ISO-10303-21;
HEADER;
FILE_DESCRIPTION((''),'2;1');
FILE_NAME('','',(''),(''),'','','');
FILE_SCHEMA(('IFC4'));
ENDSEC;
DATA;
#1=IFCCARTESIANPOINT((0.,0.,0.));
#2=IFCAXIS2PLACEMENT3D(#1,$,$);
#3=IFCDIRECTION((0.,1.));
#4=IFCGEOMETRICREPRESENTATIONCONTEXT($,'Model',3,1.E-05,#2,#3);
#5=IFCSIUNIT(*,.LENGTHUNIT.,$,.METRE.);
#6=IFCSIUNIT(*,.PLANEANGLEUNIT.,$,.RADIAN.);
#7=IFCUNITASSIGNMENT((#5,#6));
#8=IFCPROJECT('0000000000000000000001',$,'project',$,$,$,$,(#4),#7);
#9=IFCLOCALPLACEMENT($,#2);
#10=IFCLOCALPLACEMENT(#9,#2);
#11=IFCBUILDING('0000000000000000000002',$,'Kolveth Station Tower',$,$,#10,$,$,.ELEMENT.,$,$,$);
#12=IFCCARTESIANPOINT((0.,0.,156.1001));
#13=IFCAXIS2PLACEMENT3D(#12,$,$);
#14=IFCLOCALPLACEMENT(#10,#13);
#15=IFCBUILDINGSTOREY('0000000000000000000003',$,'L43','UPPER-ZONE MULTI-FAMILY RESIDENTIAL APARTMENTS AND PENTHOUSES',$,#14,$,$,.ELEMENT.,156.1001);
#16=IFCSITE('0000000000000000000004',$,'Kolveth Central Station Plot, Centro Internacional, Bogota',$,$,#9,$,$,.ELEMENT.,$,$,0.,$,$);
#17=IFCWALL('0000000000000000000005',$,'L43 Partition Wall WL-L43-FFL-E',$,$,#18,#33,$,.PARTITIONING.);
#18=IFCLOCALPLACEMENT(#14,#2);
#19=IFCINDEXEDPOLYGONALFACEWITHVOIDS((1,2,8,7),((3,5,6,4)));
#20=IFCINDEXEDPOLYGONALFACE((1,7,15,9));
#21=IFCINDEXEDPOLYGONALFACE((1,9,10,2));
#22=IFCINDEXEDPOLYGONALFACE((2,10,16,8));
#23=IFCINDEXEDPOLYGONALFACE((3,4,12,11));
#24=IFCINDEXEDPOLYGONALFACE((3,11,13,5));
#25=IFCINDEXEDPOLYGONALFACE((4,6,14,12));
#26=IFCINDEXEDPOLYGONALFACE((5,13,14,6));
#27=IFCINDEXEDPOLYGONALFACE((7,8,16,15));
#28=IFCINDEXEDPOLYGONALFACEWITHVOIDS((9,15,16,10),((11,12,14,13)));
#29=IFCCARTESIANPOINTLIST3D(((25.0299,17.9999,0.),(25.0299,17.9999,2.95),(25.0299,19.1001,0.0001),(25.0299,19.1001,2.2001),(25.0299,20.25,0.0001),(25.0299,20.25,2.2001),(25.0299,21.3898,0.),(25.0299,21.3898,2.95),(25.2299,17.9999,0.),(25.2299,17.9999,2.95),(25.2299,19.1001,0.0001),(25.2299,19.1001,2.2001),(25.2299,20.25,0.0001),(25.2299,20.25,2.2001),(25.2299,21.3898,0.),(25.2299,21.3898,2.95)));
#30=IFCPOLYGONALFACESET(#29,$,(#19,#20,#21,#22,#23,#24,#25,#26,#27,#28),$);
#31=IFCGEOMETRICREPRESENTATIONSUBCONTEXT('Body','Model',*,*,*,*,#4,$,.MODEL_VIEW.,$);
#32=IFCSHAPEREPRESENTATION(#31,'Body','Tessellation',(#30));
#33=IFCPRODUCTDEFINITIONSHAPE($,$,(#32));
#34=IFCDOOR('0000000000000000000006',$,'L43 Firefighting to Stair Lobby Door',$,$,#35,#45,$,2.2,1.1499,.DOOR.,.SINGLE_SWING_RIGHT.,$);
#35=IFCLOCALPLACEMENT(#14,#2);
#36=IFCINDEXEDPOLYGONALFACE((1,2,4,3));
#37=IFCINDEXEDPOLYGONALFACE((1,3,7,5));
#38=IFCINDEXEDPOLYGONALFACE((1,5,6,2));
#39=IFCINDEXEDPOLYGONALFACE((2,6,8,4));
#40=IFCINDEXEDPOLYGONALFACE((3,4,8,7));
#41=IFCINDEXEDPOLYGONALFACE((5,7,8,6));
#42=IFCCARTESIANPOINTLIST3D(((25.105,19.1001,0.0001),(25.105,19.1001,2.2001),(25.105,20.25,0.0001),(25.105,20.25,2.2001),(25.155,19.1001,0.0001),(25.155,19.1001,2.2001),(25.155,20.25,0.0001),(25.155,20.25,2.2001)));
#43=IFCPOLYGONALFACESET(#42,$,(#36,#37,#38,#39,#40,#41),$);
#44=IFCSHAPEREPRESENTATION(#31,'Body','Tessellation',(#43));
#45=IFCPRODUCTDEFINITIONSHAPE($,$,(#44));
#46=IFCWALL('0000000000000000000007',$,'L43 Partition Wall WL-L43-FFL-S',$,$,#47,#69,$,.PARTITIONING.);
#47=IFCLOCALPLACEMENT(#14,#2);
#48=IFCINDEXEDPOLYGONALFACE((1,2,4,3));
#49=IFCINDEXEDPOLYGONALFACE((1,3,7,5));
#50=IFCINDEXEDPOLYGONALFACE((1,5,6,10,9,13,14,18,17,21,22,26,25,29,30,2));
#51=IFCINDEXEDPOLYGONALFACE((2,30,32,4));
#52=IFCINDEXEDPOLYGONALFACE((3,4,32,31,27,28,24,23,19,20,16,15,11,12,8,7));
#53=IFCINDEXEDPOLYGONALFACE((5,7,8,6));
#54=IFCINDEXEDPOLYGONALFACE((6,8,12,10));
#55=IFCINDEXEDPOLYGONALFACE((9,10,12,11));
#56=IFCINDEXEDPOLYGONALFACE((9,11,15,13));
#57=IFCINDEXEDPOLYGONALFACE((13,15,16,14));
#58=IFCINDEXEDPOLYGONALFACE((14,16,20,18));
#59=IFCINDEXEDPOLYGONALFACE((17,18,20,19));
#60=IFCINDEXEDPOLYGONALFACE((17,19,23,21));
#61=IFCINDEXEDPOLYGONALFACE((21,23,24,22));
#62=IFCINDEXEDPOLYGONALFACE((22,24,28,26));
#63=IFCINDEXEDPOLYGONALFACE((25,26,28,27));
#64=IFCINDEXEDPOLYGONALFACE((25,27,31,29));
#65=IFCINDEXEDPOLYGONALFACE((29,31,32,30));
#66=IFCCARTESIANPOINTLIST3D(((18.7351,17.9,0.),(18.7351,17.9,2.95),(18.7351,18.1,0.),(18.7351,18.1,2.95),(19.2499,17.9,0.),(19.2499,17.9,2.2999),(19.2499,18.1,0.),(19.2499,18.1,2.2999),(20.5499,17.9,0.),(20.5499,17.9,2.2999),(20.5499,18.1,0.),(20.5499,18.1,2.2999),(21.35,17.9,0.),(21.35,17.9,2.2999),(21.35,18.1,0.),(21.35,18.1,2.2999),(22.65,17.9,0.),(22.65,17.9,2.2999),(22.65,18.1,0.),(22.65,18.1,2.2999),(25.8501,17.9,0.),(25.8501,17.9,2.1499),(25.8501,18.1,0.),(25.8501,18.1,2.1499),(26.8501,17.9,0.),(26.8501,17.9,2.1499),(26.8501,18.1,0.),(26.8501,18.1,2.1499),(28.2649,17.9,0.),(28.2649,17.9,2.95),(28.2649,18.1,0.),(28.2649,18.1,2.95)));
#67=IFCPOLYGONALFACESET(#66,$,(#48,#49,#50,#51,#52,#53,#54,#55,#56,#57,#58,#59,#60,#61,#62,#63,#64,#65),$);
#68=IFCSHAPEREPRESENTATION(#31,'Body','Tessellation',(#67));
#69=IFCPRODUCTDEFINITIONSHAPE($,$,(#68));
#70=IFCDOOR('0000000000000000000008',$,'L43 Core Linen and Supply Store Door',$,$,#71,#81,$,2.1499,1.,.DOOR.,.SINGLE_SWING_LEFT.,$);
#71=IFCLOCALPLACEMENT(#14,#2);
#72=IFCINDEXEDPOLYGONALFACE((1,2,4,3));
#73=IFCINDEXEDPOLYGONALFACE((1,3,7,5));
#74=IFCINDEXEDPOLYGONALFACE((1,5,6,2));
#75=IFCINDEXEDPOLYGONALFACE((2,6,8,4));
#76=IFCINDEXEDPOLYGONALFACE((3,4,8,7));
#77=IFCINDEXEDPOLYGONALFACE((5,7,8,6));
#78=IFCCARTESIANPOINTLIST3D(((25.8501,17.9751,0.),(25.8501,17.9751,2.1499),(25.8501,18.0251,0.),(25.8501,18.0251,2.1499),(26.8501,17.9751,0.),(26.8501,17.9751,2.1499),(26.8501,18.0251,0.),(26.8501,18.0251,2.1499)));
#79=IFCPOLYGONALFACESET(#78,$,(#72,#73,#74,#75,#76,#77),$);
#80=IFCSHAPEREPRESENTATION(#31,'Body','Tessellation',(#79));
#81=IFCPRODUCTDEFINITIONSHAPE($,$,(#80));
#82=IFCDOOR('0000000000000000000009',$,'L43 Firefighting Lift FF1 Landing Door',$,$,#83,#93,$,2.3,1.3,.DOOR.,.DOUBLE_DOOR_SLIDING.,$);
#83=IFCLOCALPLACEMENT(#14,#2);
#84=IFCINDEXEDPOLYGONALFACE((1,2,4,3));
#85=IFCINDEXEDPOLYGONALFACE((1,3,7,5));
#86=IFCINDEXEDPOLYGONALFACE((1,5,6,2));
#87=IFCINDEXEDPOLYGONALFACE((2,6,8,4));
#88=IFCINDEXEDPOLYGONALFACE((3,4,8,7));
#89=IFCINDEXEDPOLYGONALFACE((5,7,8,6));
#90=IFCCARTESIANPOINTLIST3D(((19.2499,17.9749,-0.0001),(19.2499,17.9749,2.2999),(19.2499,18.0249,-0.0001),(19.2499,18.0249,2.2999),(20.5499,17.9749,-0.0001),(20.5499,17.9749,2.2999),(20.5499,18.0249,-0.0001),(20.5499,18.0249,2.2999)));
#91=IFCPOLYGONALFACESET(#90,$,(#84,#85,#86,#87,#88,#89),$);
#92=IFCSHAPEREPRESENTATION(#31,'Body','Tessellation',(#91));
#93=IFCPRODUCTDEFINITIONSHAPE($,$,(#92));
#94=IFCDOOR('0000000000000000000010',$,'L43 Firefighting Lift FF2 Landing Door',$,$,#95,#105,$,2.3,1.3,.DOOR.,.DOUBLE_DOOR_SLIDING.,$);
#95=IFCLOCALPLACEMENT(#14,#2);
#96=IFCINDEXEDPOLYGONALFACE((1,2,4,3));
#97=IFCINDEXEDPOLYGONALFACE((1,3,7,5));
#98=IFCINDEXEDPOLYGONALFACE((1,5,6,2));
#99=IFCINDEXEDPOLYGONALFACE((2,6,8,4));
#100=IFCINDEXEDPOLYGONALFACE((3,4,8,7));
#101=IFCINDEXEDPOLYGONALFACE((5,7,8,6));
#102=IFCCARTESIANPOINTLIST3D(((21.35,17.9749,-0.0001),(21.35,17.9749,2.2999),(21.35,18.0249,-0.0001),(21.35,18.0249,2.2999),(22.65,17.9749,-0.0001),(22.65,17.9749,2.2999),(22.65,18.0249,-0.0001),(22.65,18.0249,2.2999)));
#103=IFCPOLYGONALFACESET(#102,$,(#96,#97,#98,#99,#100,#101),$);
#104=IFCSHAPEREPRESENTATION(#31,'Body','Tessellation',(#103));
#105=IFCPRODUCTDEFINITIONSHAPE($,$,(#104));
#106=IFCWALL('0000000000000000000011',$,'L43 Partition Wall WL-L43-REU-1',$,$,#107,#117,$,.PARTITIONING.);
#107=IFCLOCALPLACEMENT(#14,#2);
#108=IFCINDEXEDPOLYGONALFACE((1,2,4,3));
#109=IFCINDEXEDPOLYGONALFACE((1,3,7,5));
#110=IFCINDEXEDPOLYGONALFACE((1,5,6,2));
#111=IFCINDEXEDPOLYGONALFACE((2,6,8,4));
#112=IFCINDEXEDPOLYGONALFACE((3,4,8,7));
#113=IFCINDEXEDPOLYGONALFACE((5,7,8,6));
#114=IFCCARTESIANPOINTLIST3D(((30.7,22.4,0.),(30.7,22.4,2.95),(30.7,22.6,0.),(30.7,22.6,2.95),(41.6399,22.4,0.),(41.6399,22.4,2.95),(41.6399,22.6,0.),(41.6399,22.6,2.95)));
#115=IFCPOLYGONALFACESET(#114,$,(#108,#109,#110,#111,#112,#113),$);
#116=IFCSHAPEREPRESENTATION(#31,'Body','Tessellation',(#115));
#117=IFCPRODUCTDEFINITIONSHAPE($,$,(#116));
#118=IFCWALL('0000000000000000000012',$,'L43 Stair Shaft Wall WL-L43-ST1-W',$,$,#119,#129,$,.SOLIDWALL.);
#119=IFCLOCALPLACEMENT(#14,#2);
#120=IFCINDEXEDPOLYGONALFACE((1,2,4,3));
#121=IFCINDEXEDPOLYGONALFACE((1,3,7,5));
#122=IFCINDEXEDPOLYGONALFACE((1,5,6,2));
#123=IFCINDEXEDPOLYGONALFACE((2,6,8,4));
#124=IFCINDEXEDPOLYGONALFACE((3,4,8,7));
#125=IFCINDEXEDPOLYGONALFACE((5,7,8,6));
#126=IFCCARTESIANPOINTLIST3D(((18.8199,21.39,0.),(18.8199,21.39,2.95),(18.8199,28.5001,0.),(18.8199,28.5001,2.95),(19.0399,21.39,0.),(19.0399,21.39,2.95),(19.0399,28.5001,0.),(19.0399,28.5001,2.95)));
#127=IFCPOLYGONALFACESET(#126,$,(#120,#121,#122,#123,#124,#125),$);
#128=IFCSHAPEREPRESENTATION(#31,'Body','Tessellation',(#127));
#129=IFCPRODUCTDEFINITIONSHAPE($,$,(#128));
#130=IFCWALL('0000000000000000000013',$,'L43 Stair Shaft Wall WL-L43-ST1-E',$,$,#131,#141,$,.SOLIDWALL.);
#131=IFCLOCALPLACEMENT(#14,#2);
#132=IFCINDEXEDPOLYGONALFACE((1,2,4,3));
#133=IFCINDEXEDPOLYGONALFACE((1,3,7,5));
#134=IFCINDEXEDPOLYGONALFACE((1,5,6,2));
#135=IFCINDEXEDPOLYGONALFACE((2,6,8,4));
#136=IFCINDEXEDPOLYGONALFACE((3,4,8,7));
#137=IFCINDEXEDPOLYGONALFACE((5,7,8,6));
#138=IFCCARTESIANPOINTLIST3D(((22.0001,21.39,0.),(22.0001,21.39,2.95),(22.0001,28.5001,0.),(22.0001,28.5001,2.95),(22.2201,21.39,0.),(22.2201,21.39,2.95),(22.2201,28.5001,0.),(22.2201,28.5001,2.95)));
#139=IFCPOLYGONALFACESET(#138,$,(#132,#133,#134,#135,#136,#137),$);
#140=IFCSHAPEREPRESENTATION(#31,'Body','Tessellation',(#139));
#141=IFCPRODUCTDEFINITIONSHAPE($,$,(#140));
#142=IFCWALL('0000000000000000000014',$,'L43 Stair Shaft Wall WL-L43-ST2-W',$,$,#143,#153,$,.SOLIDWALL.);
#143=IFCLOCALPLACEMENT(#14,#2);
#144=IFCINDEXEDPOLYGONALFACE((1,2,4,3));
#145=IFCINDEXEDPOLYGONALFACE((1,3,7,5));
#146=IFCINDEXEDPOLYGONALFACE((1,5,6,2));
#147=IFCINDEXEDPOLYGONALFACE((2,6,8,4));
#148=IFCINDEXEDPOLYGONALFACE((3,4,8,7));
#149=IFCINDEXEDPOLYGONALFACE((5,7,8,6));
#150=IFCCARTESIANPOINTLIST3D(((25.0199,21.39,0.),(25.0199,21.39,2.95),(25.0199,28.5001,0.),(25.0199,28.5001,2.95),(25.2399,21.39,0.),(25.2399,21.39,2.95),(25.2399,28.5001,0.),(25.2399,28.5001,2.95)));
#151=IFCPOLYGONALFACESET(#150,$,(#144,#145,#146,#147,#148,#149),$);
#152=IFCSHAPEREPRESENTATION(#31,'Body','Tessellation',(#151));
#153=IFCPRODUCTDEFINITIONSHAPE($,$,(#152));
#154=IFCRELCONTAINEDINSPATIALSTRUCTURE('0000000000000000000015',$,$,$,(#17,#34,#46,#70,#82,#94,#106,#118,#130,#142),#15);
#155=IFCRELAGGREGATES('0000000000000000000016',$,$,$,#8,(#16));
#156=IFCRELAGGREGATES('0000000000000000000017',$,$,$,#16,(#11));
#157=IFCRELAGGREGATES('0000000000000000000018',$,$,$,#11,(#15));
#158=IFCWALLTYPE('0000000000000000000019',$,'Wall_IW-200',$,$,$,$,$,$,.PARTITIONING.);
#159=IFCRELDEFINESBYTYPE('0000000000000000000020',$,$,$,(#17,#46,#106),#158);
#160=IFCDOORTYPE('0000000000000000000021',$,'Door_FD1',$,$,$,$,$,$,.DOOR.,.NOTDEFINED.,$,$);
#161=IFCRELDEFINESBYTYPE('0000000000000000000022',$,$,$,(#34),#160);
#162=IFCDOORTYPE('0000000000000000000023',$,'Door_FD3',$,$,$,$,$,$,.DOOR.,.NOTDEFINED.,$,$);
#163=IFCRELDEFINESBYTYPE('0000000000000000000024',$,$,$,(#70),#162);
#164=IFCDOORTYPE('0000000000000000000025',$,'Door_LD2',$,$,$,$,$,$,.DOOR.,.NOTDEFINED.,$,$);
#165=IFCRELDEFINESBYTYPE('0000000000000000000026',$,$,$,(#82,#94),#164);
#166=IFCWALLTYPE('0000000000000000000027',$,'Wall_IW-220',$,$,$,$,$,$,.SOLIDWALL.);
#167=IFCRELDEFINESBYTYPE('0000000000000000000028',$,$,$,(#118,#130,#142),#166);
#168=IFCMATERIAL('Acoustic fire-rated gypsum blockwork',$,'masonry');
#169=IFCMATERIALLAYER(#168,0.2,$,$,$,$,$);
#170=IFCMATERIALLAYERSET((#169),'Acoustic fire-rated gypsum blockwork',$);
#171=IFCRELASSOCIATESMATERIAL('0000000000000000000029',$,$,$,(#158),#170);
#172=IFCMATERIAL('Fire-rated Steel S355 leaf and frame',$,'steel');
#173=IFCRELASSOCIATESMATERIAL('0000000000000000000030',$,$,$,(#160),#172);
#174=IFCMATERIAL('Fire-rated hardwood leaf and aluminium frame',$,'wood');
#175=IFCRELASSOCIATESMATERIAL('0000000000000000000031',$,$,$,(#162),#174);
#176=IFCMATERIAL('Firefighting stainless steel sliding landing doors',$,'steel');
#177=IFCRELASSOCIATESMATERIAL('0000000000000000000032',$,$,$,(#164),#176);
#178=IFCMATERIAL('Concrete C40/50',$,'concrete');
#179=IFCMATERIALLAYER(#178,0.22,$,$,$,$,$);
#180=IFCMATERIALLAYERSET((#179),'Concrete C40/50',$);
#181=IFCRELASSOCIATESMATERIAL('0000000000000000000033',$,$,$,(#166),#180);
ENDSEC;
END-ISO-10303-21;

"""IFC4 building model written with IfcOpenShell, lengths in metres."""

from ifc_helpers import new_model, si_unit, direction, frame, frame_2d, origin, place, context, subcontext, project, spatial, rectangle, extrude, material, layer, layer_set, type_object, element, fill, save


model = new_model("IFC4")

# Units and contexts
model_context = context("Model", 3, precision=1e-05, world=origin(), true_north=direction((0.0, 1.0)))
body_context = subcontext(model_context, "Body", "Model", "MODEL_VIEW")
ifc_project = project(units=[si_unit("LENGTHUNIT", "METRE"), si_unit("PLANEANGLEUNIT", "RADIAN")], contexts=[model_context])

# Site, building, storey
site_placement = place(None, origin())
site = spatial("IfcSite", under=ifc_project, at=site_placement, Name="Kolveth Central Station Plot, Centro Internacional, Bogota", CompositionType="ELEMENT", RefElevation=0.0)
building_placement = place(site_placement, origin())
building = spatial("IfcBuilding", under=site, at=building_placement, Name="Kolveth Station Tower", CompositionType="ELEMENT")
storey_placement = place(building_placement, frame((0.0, 0.0, 156.1001)))
storey = spatial("IfcBuildingStorey", under=building, at=storey_placement, Name="L43", Description="UPPER-ZONE MULTI-FAMILY RESIDENTIAL APARTMENTS AND PENTHOUSES", CompositionType="ELEMENT", Elevation=156.1001)

# Shared definitions
ifc_material_1 = material(Name="Acoustic fire-rated gypsum blockwork", Category="masonry")
ifc_layer_1 = layer(ifc_material_1, 0.2)
ifc_layer_set_1 = layer_set([ifc_layer_1], Name="Acoustic fire-rated gypsum blockwork")
wall_type_1 = type_object("IfcWallType", Name="Wall_IW-200", PredefinedType="PARTITIONING", material=ifc_layer_set_1)

# Wall, opening, door
wall_1_placement = place(storey_placement, frame((25.1299, 18.0, 0.0), z_axis=(0.0, 0.0, 1.0), x_axis=(0.0, 1.0, 0.0)))
wall_1 = element("IfcWall", 1, at=wall_1_placement, inside=storey, type_object=wall_type_1, Name="L43 Partition Wall WL-L43-FFL-E", PredefinedType="PARTITIONING", context=body_context, shape_type="SweptSolid", body=[
    extrude(rectangle(XDim=3.3899, YDim=0.2, at=frame_2d((1.6948, 0.0))), origin(), (0.0, 0.0, 1.0), 2.95),
])
opening_1_placement = place(wall_1_placement, frame((1.1001, 0.0, 0.0)))
opening_1 = element("IfcOpeningElement", 2, at=opening_1_placement, cuts=wall_1, PredefinedType="OPENING", context=body_context, shape_type="SweptSolid", body=[
    extrude(rectangle(XDim=1.1499, YDim=2.2, at=frame_2d((0.575, 1.1001))), frame((0.0, 0.1099, 0.0), z_axis=(0.0, -1.0, 0.0), x_axis=(1.0, 0.0, 0.0)), (0.0, 0.0, 1.0), 0.22),
])
ifc_material_2 = material(Name="Fire-rated Steel S355 leaf and frame", Category="steel")
door_type_1 = type_object("IfcDoorType", Name="Door_FD1", OperationType="NOTDEFINED", PredefinedType="DOOR", material=ifc_material_2)
door_1_placement = place(opening_1_placement, origin())
door_1 = element("IfcDoor", 3, at=door_1_placement, inside=storey, type_object=door_type_1, Name="L43 Firefighting to Stair Lobby Door", OperationType="SINGLE_SWING_RIGHT", OverallHeight=2.2, OverallWidth=1.1499, PredefinedType="DOOR", context=body_context, shape_type="SweptSolid", body=[
    extrude(rectangle(XDim=1.1499, YDim=2.2, at=frame_2d((0.575, 1.1001))), frame((0.0, 0.0249, 0.0), z_axis=(0.0, -1.0, 0.0), x_axis=(1.0, 0.0, 0.0)), (0.0, 0.0, 1.0), 0.05),
])
fill(opening_1, door_1)

# Wall, openings, doors
wall_2_placement = place(storey_placement, frame((18.7351, 18.0, 0.0), z_axis=(0.0, 0.0, 1.0), x_axis=(1.0, 0.0, 0.0)))
wall_2 = element("IfcWall", 4, at=wall_2_placement, inside=storey, type_object=wall_type_1, Name="L43 Partition Wall WL-L43-FFL-S", PredefinedType="PARTITIONING", context=body_context, shape_type="SweptSolid", body=[
    extrude(rectangle(XDim=9.5298, YDim=0.2, at=frame_2d((4.7649, 0.0))), origin(), (0.0, 0.0, 1.0), 2.95),
])
opening_2_placement = place(wall_2_placement, frame((0.5149, 0.0, 0.0)))
opening_2 = element("IfcOpeningElement", 5, at=opening_2_placement, cuts=wall_2, PredefinedType="OPENING", context=body_context, shape_type="SweptSolid", body=[
    extrude(rectangle(XDim=1.3, YDim=2.3, at=frame_2d((0.6499, 1.1499))), frame((0.0, 0.1099, 0.0), z_axis=(0.0, -1.0, 0.0), x_axis=(1.0, 0.0, 0.0)), (0.0, 0.0, 1.0), 0.22),
])
opening_3_placement = place(wall_2_placement, frame((2.615, 0.0, 0.0)))
opening_3 = element("IfcOpeningElement", 6, at=opening_3_placement, cuts=wall_2, PredefinedType="OPENING", context=body_context, shape_type="SweptSolid", body=[
    extrude(rectangle(XDim=1.3, YDim=2.3, at=frame_2d((0.6499, 1.1499))), frame((0.0, 0.1099, 0.0), z_axis=(0.0, -1.0, 0.0), x_axis=(1.0, 0.0, 0.0)), (0.0, 0.0, 1.0), 0.22),
])
opening_4_placement = place(wall_2_placement, frame((7.115, 0.0, 0.0)))
opening_4 = element("IfcOpeningElement", 7, at=opening_4_placement, cuts=wall_2, PredefinedType="OPENING", context=body_context, shape_type="SweptSolid", body=[
    extrude(rectangle(XDim=1.0, YDim=2.1499, at=frame_2d((0.5, 1.075))), frame((0.0, 0.1099, 0.0), z_axis=(0.0, -1.0, 0.0), x_axis=(1.0, 0.0, 0.0)), (0.0, 0.0, 1.0), 0.22),
])
ifc_material_3 = material(Name="Fire-rated hardwood leaf and aluminium frame", Category="wood")
door_type_2 = type_object("IfcDoorType", Name="Door_FD3", OperationType="NOTDEFINED", PredefinedType="DOOR", material=ifc_material_3)
door_2_placement = place(opening_4_placement, frame((1.0, 0.0, 0.0), z_axis=(0.0, 0.0, 1.0), x_axis=(-1.0, 0.0, 0.0)))
door_2 = element("IfcDoor", 8, at=door_2_placement, inside=storey, type_object=door_type_2, Name="L43 Core Linen and Supply Store Door", OperationType="SINGLE_SWING_LEFT", OverallHeight=2.1499, OverallWidth=1.0, PredefinedType="DOOR", context=body_context, shape_type="SweptSolid", body=[
    extrude(rectangle(XDim=1.0, YDim=2.1499, at=frame_2d((0.5, 1.075))), frame((0.0, 0.0249, 0.0), z_axis=(0.0, -1.0, 0.0), x_axis=(1.0, 0.0, 0.0)), (0.0, 0.0, 1.0), 0.05),
])
fill(opening_4, door_2)
ifc_material_4 = material(Name="Firefighting stainless steel sliding landing doors", Category="steel")
door_type_3 = type_object("IfcDoorType", Name="Door_LD2", OperationType="NOTDEFINED", PredefinedType="DOOR", material=ifc_material_4)
door_3_placement = place(opening_2_placement, origin())
door_3 = element("IfcDoor", 9, at=door_3_placement, inside=storey, type_object=door_type_3, Name="L43 Firefighting Lift FF1 Landing Door", OperationType="DOUBLE_DOOR_SLIDING", OverallHeight=2.3, OverallWidth=1.3, PredefinedType="DOOR", context=body_context, shape_type="SweptSolid", body=[
    extrude(rectangle(XDim=1.3, YDim=2.3, at=frame_2d((0.6499, 1.1499))), frame((0.0, 0.0249, 0.0), z_axis=(0.0, -1.0, 0.0), x_axis=(1.0, 0.0, 0.0)), (0.0, 0.0, 1.0), 0.05),
])
fill(opening_2, door_3)
door_4_placement = place(opening_3_placement, origin())
door_4 = element("IfcDoor", 10, at=door_4_placement, inside=storey, type_object=door_type_3, Name="L43 Firefighting Lift FF2 Landing Door", OperationType="DOUBLE_DOOR_SLIDING", OverallHeight=2.3, OverallWidth=1.3, PredefinedType="DOOR", context=body_context, shape_type="SweptSolid", body=[
    extrude(rectangle(XDim=1.3, YDim=2.3, at=frame_2d((0.6499, 1.1499))), frame((0.0, 0.0249, 0.0), z_axis=(0.0, -1.0, 0.0), x_axis=(1.0, 0.0, 0.0)), (0.0, 0.0, 1.0), 0.05),
])
fill(opening_3, door_4)

# Walls
wall_3_placement = place(storey_placement, frame((30.7, 22.5, 0.0), z_axis=(0.0, 0.0, 1.0), x_axis=(1.0, 0.0, 0.0)))
element("IfcWall", 11, at=wall_3_placement, inside=storey, type_object=wall_type_1, Name="L43 Partition Wall WL-L43-REU-1", PredefinedType="PARTITIONING", context=body_context, shape_type="SweptSolid", body=[
    extrude(rectangle(XDim=10.9399, YDim=0.2, at=frame_2d((5.47, 0.0))), origin(), (0.0, 0.0, 1.0), 2.95),
])
ifc_material_5 = material(Name="Concrete C40/50", Category="concrete")
ifc_layer_2 = layer(ifc_material_5, 0.22)
ifc_layer_set_2 = layer_set([ifc_layer_2], Name="Concrete C40/50")
wall_type_2 = type_object("IfcWallType", Name="Wall_IW-220", PredefinedType="SOLIDWALL", material=ifc_layer_set_2)
for number, where, z_axis, x_axis, name in (
    (12, (18.9299, 21.3899, 0.0), (0.0, 0.0, 1.0), (0.0, 1.0, 0.0), "L43 Stair Shaft Wall WL-L43-ST1-W"),
    (13, (22.1101, 21.3899, 0.0), (0.0, 0.0, 1.0), (0.0, 1.0, 0.0), "L43 Stair Shaft Wall WL-L43-ST1-E"),
    (14, (25.1299, 21.3899, 0.0), (0.0, 0.0, 1.0), (0.0, 1.0, 0.0), "L43 Stair Shaft Wall WL-L43-ST2-W"),
):
    element("IfcWall", number, at=place(storey_placement, frame(where, z_axis=z_axis, x_axis=x_axis)), inside=storey, type_object=wall_type_2, Name=name, PredefinedType="SOLIDWALL", context=body_context, shape_type="SweptSolid", body=[
        extrude(rectangle(XDim=7.1101, YDim=0.22, at=frame_2d((3.5552, 0.0))), origin(), (0.0, 0.0, 1.0), 2.95),
    ])

save(model, "model.ifc")
